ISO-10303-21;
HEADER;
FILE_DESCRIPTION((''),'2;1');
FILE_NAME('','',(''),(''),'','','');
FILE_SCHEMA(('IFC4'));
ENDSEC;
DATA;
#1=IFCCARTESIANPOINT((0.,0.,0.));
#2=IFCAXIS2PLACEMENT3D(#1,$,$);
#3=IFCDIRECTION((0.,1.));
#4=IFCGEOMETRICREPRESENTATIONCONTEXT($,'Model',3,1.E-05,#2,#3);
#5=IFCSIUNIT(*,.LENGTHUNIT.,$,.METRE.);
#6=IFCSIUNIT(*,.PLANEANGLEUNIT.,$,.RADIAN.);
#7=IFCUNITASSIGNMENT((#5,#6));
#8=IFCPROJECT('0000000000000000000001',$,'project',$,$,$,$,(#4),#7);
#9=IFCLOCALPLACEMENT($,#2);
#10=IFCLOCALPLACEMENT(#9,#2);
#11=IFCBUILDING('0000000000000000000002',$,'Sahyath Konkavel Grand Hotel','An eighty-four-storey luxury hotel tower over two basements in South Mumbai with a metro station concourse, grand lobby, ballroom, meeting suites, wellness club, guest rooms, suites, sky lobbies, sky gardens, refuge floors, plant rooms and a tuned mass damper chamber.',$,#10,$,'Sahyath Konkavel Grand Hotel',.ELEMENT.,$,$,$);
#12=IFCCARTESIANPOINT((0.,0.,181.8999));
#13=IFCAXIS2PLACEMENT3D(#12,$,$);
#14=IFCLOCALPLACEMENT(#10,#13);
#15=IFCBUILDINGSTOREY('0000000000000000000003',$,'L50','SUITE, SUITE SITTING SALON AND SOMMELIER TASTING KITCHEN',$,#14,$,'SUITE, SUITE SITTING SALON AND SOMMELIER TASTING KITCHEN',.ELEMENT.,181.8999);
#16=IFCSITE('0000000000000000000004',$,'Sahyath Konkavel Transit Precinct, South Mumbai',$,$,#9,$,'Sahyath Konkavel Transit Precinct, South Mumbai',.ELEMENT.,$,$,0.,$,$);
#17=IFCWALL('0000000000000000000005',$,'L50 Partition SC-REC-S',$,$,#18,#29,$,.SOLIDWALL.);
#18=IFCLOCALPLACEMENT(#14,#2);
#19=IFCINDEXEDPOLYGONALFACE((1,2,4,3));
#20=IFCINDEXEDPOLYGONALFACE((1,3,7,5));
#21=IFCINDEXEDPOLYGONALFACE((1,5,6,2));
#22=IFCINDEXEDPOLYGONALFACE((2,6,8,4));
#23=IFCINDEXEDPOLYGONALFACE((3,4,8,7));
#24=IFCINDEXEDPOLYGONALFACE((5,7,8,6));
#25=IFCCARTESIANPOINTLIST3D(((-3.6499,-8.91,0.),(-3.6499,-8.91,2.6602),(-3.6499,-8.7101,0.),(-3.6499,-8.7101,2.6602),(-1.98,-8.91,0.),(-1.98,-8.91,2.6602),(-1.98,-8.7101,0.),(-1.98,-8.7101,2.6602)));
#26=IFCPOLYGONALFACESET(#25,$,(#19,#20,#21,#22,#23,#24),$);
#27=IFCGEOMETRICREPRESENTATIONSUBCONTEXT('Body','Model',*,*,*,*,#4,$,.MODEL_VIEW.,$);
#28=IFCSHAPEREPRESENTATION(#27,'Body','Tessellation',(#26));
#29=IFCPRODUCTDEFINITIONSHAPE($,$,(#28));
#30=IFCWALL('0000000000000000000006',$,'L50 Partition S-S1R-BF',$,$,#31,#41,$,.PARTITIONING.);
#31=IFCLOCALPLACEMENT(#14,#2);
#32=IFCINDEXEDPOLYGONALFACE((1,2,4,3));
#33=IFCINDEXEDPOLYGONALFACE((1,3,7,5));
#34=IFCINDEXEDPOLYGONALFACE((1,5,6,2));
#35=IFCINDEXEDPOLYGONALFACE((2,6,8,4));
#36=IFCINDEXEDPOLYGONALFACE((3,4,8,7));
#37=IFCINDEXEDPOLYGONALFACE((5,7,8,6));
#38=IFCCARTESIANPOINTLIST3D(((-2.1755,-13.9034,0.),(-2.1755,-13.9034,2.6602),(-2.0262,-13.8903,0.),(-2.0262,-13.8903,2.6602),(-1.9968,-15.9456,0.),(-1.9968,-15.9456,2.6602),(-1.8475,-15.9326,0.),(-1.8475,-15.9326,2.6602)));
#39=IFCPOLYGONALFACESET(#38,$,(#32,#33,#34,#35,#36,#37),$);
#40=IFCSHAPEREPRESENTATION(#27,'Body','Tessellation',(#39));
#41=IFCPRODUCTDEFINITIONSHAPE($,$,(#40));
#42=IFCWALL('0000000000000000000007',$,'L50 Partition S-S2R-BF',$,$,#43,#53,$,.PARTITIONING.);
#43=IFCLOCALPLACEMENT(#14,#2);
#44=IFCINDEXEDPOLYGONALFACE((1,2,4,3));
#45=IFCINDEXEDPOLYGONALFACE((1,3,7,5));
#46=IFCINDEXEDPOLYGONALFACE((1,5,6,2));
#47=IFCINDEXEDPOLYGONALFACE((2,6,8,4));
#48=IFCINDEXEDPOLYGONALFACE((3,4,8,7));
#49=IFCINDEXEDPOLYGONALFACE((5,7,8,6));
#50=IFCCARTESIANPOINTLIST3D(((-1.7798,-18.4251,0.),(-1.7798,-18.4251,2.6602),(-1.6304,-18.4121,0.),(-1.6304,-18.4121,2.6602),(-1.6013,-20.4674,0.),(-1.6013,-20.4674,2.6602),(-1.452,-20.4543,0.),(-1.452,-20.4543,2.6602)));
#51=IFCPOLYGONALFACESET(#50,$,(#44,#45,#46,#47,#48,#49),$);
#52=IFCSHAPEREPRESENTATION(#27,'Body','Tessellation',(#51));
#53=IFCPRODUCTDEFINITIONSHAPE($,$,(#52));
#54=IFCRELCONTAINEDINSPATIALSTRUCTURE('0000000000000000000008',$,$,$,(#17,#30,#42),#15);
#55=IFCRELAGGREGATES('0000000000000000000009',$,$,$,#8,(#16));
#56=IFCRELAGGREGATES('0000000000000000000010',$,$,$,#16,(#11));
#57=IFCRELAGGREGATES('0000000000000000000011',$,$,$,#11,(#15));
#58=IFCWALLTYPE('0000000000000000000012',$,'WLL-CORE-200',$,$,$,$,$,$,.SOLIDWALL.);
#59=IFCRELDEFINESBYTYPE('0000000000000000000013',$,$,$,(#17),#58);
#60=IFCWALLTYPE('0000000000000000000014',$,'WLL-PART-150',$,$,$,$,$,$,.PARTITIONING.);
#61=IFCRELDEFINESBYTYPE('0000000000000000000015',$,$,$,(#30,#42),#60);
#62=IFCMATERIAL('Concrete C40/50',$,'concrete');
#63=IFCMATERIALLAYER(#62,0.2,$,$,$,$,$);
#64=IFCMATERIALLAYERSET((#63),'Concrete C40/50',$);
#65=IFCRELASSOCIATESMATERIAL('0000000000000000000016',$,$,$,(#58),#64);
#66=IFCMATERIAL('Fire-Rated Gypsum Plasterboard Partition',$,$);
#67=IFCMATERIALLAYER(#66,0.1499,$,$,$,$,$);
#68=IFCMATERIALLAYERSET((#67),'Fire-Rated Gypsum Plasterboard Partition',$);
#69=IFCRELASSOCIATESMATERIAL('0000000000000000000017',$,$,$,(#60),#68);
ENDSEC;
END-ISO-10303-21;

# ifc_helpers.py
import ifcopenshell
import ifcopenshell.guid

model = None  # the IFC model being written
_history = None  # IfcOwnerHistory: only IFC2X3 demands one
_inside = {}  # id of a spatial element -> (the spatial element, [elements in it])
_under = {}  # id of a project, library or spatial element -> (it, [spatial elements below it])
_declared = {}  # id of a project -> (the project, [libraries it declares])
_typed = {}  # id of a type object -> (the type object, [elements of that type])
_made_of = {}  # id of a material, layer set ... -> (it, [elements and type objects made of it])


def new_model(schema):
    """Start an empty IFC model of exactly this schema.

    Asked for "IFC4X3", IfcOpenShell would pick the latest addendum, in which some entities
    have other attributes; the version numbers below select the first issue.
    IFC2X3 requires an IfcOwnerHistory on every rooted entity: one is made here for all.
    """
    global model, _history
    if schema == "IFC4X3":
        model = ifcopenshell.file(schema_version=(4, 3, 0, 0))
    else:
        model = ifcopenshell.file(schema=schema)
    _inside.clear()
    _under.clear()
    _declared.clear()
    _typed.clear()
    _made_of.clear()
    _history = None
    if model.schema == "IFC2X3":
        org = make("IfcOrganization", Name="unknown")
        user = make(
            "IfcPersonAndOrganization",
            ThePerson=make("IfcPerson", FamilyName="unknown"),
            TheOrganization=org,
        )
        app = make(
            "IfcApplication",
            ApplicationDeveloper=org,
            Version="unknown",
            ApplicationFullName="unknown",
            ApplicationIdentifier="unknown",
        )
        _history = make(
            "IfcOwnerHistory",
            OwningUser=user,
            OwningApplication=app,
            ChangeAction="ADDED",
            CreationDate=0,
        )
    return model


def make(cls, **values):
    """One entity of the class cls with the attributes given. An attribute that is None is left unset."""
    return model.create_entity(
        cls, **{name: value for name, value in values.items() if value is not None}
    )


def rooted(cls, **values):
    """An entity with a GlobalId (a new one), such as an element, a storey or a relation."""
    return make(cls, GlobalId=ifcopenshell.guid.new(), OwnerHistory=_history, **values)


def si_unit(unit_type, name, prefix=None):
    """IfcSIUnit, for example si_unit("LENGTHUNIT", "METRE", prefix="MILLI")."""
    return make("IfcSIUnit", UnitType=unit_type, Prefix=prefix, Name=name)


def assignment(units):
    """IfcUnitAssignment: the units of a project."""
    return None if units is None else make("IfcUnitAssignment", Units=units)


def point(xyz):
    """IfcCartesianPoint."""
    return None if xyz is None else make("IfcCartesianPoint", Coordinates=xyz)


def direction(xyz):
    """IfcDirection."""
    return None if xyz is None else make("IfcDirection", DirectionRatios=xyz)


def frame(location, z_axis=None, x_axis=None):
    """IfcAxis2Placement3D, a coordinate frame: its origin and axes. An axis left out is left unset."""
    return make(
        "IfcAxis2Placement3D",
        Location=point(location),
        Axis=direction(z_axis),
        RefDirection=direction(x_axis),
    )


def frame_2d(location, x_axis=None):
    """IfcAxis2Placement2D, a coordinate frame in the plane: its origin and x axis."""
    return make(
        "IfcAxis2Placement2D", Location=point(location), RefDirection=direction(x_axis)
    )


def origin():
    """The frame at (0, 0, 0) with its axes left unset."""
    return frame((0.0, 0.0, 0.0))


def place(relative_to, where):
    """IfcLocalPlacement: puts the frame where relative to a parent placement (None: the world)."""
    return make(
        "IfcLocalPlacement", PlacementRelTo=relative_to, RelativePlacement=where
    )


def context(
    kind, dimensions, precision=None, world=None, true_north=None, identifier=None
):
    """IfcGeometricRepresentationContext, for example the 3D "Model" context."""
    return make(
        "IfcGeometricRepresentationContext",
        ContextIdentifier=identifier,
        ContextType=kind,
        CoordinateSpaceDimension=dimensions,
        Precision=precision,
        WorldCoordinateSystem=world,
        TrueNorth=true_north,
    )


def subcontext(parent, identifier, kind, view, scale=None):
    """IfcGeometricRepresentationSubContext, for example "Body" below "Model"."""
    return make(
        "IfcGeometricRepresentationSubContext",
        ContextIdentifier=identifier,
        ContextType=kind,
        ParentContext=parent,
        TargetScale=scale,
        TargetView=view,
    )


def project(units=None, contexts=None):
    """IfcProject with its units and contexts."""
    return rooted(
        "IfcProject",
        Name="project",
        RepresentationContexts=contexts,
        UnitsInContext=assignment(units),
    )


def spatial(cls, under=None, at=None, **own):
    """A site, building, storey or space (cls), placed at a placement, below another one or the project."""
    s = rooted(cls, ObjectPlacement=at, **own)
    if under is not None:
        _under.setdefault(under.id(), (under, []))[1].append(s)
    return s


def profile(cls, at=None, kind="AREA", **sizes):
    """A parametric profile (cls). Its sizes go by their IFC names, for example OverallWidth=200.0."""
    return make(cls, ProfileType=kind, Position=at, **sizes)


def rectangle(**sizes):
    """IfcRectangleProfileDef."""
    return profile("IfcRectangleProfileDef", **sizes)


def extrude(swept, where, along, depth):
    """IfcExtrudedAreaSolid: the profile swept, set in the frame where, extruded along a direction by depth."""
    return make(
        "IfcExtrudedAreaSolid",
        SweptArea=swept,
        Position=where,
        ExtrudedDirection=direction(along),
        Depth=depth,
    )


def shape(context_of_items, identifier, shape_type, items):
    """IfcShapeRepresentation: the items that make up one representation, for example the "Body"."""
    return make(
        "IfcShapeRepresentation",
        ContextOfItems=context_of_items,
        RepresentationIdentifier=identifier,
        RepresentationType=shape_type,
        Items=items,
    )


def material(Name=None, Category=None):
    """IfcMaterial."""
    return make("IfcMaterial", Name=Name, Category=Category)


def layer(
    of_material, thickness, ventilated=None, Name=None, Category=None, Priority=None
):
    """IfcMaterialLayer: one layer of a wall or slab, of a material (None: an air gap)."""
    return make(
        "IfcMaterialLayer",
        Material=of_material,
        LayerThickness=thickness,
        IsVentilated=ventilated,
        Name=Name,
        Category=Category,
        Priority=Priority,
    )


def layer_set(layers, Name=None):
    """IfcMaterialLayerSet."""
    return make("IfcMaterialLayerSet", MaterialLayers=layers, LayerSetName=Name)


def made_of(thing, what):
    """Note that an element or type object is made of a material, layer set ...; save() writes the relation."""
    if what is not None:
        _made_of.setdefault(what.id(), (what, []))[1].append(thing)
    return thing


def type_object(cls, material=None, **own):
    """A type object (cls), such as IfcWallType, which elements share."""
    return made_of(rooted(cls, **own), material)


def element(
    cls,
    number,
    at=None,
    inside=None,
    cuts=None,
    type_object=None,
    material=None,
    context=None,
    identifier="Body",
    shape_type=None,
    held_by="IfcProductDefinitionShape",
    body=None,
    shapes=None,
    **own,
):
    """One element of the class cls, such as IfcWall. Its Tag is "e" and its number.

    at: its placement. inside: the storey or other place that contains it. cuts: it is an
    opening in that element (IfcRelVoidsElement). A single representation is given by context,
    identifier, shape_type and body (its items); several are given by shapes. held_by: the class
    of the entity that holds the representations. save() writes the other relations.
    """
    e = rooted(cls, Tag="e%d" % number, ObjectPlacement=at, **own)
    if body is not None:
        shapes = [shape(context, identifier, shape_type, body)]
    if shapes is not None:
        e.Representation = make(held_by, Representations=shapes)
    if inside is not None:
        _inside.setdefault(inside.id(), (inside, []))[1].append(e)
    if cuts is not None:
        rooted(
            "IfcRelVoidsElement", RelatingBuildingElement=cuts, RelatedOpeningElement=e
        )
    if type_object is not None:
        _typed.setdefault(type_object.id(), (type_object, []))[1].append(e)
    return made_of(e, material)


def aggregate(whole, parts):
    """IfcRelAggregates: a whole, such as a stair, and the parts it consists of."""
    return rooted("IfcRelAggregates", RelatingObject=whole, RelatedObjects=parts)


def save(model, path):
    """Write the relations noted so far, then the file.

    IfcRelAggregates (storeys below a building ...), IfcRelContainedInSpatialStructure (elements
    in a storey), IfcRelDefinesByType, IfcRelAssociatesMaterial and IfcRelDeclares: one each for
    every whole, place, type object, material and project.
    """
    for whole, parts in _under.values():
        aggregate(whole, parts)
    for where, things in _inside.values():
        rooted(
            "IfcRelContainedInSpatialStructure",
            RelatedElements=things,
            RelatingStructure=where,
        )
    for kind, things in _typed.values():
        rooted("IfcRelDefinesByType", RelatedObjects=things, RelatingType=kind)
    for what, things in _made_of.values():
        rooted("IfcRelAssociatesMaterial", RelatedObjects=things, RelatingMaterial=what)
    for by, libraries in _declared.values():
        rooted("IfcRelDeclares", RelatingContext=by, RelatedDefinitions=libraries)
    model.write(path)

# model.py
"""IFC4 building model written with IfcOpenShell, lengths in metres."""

from ifc_helpers import new_model, si_unit, direction, frame, frame_2d, origin, place, context, subcontext, project, spatial, rectangle, extrude, material, layer, layer_set, type_object, element, save


model = new_model("IFC4")

# Units and contexts
model_context = context("Model", 3, precision=1e-05, world=origin(), true_north=direction((0.0, 1.0)))
body_context = subcontext(model_context, "Body", "Model", "MODEL_VIEW")
ifc_project = project(units=[si_unit("LENGTHUNIT", "METRE"), si_unit("PLANEANGLEUNIT", "RADIAN")], contexts=[model_context])

# Site, building, storey
site_placement = place(None, origin())
site = spatial("IfcSite", under=ifc_project, at=site_placement, Name="Sahyath Konkavel Transit Precinct, South Mumbai", LongName="Sahyath Konkavel Transit Precinct, South Mumbai", CompositionType="ELEMENT", RefElevation=0.0)
building_placement = place(site_placement, origin())
building = spatial("IfcBuilding", under=site, at=building_placement, Name="Sahyath Konkavel Grand Hotel", Description="An eighty-four-storey luxury hotel tower over two basements in South Mumbai with a metro station concourse, grand lobby, ballroom, meeting suites, wellness club, guest rooms, suites, sky lobbies, sky gardens, refuge floors, plant rooms and a tuned mass damper chamber.", LongName="Sahyath Konkavel Grand Hotel", CompositionType="ELEMENT")
storey_placement = place(building_placement, frame((0.0, 0.0, 181.8999)))
storey = spatial("IfcBuildingStorey", under=building, at=storey_placement, Name="L50", Description="SUITE, SUITE SITTING SALON AND SOMMELIER TASTING KITCHEN", LongName="SUITE, SUITE SITTING SALON AND SOMMELIER TASTING KITCHEN", CompositionType="ELEMENT", Elevation=181.8999)

# Shared definitions
ifc_material_1 = material(Name="Concrete C40/50", Category="concrete")

# Shared definitions
ifc_layer_1 = layer(ifc_material_1, 0.2)
ifc_layer_set_1 = layer_set([ifc_layer_1], Name="Concrete C40/50")
wall_type_1 = type_object("IfcWallType", Name="WLL-CORE-200", PredefinedType="SOLIDWALL", material=ifc_layer_set_1)

# Walls
wall_1_placement = place(storey_placement, frame((-3.6499, -8.8101, 0.0), z_axis=(0.0, 0.0, 1.0), x_axis=(1.0, 0.0, 0.0)))
element("IfcWall", 1, at=wall_1_placement, inside=storey, type_object=wall_type_1, Name="L50 Partition SC-REC-S", PredefinedType="SOLIDWALL", context=body_context, shape_type="SweptSolid", body=[
    extrude(rectangle(XDim=1.6699, YDim=0.2, at=frame_2d((0.835, 0.0))), origin(), (0.0, 0.0, 1.0), 2.6602),
])
ifc_material_2 = material(Name="Fire-Rated Gypsum Plasterboard Partition")
ifc_layer_2 = layer(ifc_material_2, 0.1499)
ifc_layer_set_2 = layer_set([ifc_layer_2], Name="Fire-Rated Gypsum Plasterboard Partition")
wall_type_2 = type_object("IfcWallType", Name="WLL-PART-150", PredefinedType="PARTITIONING", material=ifc_layer_set_2)
for number, where, z_axis, x_axis, name in (
    (2, (-2.1008, -13.897, 0.0), (0.0, 0.0, 1.0), (0.087174, -0.996193, 0.0), "L50 Partition S-S1R-BF"),
    (3, (-1.7051, -18.4187, 0.0), (0.0, 0.0, 1.0), (0.087056, -0.996203, 0.0), "L50 Partition S-S2R-BF"),
):
    element("IfcWall", number, at=place(storey_placement, frame(where, z_axis=z_axis, x_axis=x_axis)), inside=storey, type_object=wall_type_2, Name=name, PredefinedType="PARTITIONING", context=body_context, shape_type="SweptSolid", body=[
        extrude(rectangle(XDim=2.05, YDim=0.1499, at=frame_2d((1.0249, 0.0))), origin(), (0.0, 0.0, 1.0), 2.6602),
    ])

save(model, "model.ifc")
